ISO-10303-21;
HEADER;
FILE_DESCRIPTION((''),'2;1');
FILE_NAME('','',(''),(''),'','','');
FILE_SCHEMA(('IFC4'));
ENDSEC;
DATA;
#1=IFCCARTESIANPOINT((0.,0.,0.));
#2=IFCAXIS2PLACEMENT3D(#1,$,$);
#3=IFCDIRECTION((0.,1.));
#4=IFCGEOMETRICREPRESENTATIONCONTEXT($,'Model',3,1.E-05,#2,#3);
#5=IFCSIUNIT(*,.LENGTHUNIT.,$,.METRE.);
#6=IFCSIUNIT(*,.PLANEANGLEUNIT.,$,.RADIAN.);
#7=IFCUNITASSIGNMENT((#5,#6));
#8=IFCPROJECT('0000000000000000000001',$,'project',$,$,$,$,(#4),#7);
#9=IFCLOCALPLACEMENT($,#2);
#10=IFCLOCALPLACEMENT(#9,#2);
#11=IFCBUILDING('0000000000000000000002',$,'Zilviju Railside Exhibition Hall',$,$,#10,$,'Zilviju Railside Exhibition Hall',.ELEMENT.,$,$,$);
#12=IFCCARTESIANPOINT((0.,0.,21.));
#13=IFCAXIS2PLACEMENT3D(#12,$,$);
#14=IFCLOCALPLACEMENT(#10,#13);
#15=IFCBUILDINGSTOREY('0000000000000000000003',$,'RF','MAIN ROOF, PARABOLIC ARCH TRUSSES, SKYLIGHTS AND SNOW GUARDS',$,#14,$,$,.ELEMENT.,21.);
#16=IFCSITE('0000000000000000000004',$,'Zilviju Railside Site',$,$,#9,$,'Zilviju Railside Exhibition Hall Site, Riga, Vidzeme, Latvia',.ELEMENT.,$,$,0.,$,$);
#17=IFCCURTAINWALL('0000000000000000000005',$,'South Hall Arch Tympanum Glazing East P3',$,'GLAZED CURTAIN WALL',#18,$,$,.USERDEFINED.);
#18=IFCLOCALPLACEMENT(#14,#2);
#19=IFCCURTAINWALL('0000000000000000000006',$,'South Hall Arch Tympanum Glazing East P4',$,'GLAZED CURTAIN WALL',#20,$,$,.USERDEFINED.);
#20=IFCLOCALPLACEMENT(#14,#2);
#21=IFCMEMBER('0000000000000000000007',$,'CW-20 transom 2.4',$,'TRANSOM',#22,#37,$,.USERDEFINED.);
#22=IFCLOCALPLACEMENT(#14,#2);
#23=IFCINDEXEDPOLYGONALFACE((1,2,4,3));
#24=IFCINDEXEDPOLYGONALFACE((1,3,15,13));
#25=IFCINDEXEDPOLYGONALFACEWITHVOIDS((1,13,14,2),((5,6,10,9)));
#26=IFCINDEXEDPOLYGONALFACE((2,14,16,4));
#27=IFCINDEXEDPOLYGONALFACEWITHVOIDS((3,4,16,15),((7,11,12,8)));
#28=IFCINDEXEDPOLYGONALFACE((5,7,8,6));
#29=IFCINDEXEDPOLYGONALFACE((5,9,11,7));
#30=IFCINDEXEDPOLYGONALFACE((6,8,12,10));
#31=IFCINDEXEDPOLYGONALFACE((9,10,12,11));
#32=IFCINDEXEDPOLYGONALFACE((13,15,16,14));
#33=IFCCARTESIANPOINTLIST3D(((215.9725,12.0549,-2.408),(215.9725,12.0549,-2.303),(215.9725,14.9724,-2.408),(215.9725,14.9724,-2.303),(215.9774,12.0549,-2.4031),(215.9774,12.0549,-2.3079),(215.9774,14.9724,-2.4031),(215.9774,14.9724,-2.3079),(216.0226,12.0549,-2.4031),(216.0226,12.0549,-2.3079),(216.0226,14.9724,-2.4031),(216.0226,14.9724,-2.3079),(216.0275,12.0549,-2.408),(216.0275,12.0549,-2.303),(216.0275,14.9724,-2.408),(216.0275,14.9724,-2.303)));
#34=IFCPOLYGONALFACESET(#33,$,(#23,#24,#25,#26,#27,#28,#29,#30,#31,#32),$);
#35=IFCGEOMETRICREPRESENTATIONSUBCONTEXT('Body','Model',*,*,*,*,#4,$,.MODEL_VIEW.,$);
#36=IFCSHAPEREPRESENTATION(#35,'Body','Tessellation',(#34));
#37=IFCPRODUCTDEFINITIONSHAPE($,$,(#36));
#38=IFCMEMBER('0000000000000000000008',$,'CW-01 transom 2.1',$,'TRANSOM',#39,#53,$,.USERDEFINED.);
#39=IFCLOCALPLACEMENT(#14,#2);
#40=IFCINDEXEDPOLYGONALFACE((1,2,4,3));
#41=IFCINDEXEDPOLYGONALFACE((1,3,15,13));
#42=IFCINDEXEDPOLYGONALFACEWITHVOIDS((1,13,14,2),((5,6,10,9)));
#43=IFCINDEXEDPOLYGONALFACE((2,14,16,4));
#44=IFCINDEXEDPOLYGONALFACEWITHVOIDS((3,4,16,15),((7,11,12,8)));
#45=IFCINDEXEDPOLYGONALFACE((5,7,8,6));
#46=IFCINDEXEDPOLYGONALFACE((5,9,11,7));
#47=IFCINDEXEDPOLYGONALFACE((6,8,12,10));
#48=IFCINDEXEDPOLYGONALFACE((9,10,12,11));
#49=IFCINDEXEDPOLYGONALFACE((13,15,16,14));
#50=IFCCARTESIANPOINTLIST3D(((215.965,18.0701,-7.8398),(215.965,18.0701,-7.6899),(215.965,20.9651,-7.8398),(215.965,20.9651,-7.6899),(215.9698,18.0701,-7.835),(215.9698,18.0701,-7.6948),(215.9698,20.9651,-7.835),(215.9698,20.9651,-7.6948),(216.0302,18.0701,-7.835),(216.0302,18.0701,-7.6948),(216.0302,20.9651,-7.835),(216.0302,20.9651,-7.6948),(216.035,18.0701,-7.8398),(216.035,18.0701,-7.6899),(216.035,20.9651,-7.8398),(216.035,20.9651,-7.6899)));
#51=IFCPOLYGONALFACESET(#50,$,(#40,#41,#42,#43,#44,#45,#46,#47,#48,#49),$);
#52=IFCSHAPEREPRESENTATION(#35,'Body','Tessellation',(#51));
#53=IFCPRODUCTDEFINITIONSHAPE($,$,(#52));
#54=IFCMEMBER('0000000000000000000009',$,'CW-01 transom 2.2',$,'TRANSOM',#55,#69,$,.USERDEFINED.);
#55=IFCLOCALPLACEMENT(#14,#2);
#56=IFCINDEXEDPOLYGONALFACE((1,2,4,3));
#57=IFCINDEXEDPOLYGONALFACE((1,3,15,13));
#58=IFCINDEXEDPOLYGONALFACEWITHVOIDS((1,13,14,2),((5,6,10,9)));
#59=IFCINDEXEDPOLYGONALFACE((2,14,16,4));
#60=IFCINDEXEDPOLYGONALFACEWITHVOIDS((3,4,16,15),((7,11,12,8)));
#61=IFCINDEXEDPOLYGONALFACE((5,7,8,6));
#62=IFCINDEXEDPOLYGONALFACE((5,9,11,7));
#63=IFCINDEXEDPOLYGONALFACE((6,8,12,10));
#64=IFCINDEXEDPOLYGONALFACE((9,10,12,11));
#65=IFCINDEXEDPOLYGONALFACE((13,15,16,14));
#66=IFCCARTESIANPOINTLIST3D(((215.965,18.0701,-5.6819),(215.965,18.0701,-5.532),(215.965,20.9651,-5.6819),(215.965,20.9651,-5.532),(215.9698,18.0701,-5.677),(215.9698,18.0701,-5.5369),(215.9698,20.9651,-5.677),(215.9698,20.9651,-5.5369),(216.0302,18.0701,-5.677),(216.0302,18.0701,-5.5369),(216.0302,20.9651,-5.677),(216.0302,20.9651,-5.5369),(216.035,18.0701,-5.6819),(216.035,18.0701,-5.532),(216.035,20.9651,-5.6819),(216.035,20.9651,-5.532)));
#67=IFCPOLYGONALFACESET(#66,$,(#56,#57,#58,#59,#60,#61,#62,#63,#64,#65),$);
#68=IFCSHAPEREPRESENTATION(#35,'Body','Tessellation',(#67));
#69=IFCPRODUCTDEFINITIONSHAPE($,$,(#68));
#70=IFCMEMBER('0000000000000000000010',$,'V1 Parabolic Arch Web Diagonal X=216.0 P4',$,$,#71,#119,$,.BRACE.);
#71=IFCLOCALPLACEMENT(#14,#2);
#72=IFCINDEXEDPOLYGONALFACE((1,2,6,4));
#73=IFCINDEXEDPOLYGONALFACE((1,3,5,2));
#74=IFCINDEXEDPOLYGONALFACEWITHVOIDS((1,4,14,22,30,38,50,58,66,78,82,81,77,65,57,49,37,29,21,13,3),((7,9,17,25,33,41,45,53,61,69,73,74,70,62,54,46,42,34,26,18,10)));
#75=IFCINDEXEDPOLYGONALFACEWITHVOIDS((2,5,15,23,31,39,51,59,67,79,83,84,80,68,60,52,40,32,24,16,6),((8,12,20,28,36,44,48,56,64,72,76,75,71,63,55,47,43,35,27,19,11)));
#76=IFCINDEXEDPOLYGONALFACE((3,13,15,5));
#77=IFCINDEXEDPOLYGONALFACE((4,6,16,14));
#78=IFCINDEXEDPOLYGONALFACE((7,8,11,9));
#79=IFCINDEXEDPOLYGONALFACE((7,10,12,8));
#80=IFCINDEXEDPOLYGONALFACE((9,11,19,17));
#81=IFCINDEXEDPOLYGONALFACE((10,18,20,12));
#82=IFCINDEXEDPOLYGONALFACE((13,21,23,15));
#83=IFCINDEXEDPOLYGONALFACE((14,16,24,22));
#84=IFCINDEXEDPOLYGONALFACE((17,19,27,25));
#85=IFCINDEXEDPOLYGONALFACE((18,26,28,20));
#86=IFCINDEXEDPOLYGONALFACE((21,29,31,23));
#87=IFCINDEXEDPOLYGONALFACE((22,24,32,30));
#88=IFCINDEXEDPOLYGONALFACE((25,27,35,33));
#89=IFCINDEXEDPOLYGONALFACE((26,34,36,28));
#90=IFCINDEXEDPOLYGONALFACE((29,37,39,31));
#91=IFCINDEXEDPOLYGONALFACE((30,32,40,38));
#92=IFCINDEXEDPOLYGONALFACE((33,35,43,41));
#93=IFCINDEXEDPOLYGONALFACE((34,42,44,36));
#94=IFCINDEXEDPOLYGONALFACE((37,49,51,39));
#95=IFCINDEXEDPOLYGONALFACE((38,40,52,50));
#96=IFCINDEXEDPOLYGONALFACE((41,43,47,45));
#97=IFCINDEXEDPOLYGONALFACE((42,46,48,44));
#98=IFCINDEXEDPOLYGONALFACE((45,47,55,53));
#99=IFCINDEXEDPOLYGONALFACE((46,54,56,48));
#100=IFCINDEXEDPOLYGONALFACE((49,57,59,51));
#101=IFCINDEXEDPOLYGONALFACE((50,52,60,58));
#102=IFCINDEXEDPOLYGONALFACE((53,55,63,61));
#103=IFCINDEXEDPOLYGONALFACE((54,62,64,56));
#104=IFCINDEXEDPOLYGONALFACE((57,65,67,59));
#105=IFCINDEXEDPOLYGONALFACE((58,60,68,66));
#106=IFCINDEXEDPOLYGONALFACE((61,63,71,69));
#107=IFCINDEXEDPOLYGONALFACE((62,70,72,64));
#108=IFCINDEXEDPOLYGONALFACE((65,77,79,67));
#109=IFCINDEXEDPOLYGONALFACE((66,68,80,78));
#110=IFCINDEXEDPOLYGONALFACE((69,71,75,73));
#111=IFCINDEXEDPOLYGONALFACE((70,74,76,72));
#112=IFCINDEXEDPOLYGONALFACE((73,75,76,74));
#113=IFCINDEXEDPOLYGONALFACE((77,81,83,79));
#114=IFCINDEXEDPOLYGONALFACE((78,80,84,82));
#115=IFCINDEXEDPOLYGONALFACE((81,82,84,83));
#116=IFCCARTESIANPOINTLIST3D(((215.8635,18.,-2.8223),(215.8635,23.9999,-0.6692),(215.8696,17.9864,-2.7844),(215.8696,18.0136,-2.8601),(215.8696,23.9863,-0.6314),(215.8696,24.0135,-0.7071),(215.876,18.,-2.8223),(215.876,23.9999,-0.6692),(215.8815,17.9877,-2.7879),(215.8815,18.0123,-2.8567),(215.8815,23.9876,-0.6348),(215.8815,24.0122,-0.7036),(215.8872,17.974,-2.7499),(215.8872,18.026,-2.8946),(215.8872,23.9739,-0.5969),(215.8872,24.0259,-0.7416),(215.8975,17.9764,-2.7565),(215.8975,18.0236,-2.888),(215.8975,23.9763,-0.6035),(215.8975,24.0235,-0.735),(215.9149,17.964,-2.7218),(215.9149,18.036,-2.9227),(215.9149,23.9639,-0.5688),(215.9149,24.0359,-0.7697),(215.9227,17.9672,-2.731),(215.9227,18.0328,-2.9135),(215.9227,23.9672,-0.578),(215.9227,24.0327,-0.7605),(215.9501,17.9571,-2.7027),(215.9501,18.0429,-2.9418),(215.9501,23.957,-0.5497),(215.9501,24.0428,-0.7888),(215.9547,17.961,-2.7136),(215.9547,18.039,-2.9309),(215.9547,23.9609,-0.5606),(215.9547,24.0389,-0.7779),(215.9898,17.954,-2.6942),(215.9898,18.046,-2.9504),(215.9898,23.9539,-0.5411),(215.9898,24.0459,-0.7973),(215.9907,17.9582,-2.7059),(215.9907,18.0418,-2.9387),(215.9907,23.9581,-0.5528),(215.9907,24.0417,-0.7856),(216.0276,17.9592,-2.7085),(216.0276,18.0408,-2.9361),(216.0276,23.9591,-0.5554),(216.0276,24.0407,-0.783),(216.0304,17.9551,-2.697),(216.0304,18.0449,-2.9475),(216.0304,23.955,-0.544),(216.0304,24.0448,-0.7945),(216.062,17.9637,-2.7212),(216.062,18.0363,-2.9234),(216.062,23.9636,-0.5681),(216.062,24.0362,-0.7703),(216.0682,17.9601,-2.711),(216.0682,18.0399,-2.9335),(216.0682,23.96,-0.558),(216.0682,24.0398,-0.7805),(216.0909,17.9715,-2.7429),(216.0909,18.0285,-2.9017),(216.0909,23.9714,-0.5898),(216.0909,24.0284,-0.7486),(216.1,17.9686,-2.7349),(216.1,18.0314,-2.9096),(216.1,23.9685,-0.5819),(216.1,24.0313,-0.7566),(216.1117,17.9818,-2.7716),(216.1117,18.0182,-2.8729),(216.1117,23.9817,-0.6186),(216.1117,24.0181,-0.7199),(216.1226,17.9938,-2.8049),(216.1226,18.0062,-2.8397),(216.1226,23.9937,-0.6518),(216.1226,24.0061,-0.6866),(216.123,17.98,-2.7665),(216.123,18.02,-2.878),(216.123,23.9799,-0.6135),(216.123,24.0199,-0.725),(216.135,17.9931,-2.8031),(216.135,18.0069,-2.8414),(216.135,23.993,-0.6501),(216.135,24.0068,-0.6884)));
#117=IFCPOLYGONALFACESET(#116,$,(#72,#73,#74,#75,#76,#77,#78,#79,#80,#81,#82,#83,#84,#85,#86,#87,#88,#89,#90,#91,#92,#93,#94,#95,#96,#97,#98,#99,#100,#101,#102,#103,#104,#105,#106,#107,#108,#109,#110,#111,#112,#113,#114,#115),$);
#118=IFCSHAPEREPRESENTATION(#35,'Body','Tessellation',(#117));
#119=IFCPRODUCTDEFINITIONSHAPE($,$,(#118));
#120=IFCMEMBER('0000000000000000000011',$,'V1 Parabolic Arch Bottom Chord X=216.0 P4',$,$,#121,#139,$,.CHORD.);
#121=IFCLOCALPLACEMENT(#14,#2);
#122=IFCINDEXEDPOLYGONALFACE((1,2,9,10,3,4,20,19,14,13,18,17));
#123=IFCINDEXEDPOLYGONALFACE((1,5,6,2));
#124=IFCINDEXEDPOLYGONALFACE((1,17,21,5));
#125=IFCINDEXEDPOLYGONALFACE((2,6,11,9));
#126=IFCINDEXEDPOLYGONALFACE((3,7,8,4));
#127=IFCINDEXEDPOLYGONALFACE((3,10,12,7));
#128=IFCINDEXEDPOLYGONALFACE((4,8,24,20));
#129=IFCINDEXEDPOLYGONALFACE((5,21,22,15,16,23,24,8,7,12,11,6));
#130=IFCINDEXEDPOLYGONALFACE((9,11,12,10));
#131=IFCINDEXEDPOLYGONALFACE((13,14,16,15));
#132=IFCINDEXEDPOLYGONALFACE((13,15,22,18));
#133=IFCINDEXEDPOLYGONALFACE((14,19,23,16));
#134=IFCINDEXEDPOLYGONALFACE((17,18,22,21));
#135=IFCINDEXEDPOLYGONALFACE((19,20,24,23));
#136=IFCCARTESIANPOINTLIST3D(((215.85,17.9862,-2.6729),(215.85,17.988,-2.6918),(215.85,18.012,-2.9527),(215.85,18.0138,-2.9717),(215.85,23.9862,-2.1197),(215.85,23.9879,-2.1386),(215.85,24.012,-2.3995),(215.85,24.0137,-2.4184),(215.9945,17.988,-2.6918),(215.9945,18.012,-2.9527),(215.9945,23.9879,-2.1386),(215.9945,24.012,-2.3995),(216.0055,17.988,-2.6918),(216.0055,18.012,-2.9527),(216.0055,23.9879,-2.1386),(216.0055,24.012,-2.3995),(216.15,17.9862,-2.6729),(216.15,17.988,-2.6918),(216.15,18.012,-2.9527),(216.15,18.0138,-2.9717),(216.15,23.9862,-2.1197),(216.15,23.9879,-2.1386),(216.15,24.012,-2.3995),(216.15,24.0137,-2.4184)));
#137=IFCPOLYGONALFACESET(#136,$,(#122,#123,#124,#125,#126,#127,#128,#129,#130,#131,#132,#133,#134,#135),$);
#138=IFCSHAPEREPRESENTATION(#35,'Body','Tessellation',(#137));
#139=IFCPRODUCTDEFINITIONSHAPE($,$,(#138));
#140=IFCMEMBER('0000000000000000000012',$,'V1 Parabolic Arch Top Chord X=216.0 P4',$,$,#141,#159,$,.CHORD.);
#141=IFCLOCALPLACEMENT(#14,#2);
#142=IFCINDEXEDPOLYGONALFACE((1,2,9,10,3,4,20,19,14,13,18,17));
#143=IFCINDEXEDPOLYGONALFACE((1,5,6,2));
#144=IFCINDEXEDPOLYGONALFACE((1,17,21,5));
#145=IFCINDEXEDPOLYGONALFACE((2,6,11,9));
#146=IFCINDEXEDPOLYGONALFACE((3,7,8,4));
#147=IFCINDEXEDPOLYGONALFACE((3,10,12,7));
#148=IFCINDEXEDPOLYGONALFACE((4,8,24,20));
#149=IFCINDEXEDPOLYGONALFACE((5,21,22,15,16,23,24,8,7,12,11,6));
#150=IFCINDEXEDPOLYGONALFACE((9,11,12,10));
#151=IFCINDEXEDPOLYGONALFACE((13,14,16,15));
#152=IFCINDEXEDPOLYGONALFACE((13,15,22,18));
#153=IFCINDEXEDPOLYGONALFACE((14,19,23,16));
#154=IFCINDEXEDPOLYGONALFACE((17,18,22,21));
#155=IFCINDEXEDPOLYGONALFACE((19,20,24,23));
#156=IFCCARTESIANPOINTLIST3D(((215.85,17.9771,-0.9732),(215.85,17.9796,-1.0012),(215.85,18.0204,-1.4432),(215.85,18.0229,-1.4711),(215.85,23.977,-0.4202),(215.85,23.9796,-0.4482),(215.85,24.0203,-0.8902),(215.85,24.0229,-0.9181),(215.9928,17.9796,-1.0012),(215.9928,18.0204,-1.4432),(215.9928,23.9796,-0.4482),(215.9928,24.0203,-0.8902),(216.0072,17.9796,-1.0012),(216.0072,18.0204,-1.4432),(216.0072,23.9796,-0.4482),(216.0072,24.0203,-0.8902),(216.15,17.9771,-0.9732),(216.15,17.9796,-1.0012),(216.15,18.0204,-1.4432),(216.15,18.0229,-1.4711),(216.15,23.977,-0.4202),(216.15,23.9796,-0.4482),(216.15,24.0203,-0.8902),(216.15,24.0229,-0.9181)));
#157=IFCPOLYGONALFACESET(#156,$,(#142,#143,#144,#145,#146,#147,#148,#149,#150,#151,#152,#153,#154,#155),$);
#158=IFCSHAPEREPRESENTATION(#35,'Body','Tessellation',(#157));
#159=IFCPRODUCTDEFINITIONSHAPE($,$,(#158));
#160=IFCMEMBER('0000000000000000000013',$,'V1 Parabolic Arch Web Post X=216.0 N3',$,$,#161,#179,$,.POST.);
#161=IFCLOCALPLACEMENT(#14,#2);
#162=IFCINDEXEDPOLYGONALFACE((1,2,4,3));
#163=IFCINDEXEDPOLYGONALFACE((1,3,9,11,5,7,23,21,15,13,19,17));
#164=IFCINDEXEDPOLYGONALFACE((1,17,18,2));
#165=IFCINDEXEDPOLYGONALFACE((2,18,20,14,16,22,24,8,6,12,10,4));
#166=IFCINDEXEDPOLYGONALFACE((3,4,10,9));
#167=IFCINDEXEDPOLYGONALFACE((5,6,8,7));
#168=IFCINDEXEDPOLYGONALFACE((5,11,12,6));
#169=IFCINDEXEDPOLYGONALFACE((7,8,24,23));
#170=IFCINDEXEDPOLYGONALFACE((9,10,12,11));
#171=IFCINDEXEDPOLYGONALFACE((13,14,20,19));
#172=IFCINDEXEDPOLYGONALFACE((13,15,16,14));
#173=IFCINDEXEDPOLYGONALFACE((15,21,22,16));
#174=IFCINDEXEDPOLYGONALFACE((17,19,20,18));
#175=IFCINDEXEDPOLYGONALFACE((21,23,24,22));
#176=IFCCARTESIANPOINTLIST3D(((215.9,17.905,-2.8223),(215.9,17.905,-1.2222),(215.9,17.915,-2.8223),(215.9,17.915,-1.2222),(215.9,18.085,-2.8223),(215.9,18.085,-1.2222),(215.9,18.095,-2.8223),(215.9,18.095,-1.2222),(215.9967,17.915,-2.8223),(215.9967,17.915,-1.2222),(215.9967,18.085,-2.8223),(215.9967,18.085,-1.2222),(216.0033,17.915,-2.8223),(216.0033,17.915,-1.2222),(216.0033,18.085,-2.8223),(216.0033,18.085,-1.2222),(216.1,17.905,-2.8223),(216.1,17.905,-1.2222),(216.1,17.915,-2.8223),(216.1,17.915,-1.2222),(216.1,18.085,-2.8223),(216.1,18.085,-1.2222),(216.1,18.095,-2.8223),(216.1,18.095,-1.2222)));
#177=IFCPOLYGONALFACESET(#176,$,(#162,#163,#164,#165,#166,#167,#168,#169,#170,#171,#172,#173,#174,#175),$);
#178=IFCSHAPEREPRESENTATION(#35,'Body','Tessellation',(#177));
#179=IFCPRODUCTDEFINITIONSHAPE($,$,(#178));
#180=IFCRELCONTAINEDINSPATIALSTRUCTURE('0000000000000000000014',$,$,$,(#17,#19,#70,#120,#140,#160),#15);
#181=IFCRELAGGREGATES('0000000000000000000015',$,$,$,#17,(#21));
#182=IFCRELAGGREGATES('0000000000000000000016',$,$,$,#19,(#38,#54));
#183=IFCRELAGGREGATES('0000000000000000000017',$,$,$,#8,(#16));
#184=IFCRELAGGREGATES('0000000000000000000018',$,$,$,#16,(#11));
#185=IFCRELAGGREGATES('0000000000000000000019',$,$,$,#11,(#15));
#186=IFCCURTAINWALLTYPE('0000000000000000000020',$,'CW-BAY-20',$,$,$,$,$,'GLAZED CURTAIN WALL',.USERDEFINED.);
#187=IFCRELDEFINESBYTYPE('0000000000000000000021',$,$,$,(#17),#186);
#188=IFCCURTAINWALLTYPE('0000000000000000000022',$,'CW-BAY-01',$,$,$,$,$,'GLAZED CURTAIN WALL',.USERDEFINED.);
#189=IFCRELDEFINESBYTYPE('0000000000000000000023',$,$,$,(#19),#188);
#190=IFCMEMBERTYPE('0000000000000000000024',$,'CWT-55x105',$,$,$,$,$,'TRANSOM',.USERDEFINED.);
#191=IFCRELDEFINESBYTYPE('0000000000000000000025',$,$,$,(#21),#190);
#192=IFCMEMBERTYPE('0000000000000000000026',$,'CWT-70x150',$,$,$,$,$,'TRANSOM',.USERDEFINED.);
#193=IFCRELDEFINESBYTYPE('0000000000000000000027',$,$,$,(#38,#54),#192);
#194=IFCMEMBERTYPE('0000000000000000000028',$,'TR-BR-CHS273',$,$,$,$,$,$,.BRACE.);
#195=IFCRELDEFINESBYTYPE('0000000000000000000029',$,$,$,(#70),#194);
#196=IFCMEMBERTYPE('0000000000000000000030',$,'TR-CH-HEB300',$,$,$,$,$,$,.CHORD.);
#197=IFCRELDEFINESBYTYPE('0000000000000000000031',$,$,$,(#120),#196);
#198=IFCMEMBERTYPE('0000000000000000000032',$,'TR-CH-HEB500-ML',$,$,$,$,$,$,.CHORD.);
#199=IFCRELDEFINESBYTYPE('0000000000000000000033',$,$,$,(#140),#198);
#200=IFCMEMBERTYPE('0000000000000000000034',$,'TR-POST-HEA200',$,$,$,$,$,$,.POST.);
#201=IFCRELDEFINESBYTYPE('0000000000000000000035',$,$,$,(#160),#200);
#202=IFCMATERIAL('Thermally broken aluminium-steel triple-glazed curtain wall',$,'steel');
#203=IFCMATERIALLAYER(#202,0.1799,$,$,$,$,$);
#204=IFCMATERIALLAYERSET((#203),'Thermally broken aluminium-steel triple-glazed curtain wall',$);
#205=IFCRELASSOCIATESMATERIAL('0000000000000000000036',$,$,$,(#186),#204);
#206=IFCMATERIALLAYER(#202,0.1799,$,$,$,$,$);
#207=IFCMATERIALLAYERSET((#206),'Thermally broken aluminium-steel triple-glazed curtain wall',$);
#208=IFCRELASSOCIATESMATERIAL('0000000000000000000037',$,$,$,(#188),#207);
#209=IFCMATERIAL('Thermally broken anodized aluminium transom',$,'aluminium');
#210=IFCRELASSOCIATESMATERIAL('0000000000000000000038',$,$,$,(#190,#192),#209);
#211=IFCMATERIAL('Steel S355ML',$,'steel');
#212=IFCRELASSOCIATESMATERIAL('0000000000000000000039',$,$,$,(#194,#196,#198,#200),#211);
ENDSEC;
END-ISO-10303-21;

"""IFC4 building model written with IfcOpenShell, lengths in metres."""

from ifc_helpers import new_model, si_unit, direction, frame, origin, origin_2d, place, context, subcontext, project, spatial, hollow_rectangle, hollow_circle, i_section, extrude, material, layer, layer_set, material_profile, profile_set, type_object, element, aggregate, save


model = new_model("IFC4")

# Units and contexts
model_context = context("Model", 3, precision=1e-05, world=origin(), true_north=direction((0.0, 1.0)))
body_context = subcontext(model_context, "Body", "Model", "MODEL_VIEW")
ifc_project = project(units=[si_unit("LENGTHUNIT", "METRE"), si_unit("PLANEANGLEUNIT", "RADIAN")], contexts=[model_context])

# Site, building, storey
site_placement = place(None, origin())
site = spatial("IfcSite", under=ifc_project, at=site_placement, Name="Zilviju Railside Site", LongName="Zilviju Railside Exhibition Hall Site, Riga, Vidzeme, Latvia", CompositionType="ELEMENT", RefElevation=0.0)
building_placement = place(site_placement, origin())
building = spatial("IfcBuilding", under=site, at=building_placement, Name="Zilviju Railside Exhibition Hall", LongName="Zilviju Railside Exhibition Hall", CompositionType="ELEMENT")
storey_placement = place(building_placement, frame((0.0, 0.0, 21.0)))
storey = spatial("IfcBuildingStorey", under=building, at=storey_placement, Name="RF", Description="MAIN ROOF, PARABOLIC ARCH TRUSSES, SKYLIGHTS AND SNOW GUARDS", CompositionType="ELEMENT", Elevation=21.0)

# Curtain wall
ifc_material_1 = material(Name="Thermally broken aluminium-steel triple-glazed curtain wall", Category="steel")
ifc_layer_1 = layer(ifc_material_1, 0.1799)
ifc_layer_set_1 = layer_set([ifc_layer_1], Name="Thermally broken aluminium-steel triple-glazed curtain wall")
curtain_wall_type_1 = type_object("IfcCurtainWallType", Name="CW-BAY-20", ElementType="GLAZED CURTAIN WALL", PredefinedType="USERDEFINED", material=ifc_layer_set_1)
curtain_wall_1_placement = place(storey_placement, origin())
curtain_wall_1 = element("IfcCurtainWall", 1, at=curtain_wall_1_placement, inside=storey, type_object=curtain_wall_type_1, Name="South Hall Arch Tympanum Glazing East P3", ObjectType="GLAZED CURTAIN WALL", PredefinedType="USERDEFINED")

# Curtain wall
ifc_layer_2 = layer(ifc_material_1, 0.1799)
ifc_layer_set_2 = layer_set([ifc_layer_2], Name="Thermally broken aluminium-steel triple-glazed curtain wall")
curtain_wall_type_2 = type_object("IfcCurtainWallType", Name="CW-BAY-01", ElementType="GLAZED CURTAIN WALL", PredefinedType="USERDEFINED", material=ifc_layer_set_2)
curtain_wall_2_placement = place(storey_placement, origin())
curtain_wall_2 = element("IfcCurtainWall", 2, at=curtain_wall_2_placement, inside=storey, type_object=curtain_wall_type_2, Name="South Hall Arch Tympanum Glazing East P4", ObjectType="GLAZED CURTAIN WALL", PredefinedType="USERDEFINED")

# Members
ifc_material_2 = material(Name="Thermally broken anodized aluminium transom", Category="aluminium")
ifc_material_profile_1 = material_profile(ifc_material_2, hollow_rectangle(XDim=0.0549, YDim=0.105, WallThickness=0.0049, at=origin_2d()), Name="TRANSOM 105x55x5")
ifc_profile_set_1 = profile_set([ifc_material_profile_1], Name="Thermally broken anodized aluminium transom")
member_type_1 = type_object("IfcMemberType", Name="CWT-55x105", ElementType="TRANSOM", PredefinedType="USERDEFINED", material=ifc_profile_set_1)
member_1_placement = place(storey_placement, frame((216.0, 14.9724, -2.3555), z_axis=(0.0, -1.0, 0.0), x_axis=(1.0, 0.0, 0.0)))
member_1 = element("IfcMember", 3, at=member_1_placement, type_object=member_type_1, Name="CW-20 transom 2.4", ObjectType="TRANSOM", PredefinedType="USERDEFINED", context=body_context, shape_type="SweptSolid", body=[
    extrude(hollow_rectangle(XDim=0.0549, YDim=0.105, WallThickness=0.0049, at=origin_2d()), origin(), (0.0, 0.0, 1.0), 2.9175),
])
ifc_material_profile_2 = material_profile(ifc_material_2, hollow_rectangle(XDim=0.0701, YDim=0.1499, WallThickness=0.0049, at=origin_2d()), Name="TRANSOM 150x70x5")
ifc_profile_set_2 = profile_set([ifc_material_profile_2], Name="Thermally broken anodized aluminium transom")
member_type_2 = type_object("IfcMemberType", Name="CWT-70x150", ElementType="TRANSOM", PredefinedType="USERDEFINED", material=ifc_profile_set_2)
member_2_placement = place(storey_placement, frame((216.0, 20.9651, -7.7649), z_axis=(0.0, -1.0, 0.0), x_axis=(1.0, 0.0, 0.0)))
member_2 = element("IfcMember", 4, at=member_2_placement, type_object=member_type_2, Name="CW-01 transom 2.1", ObjectType="TRANSOM", PredefinedType="USERDEFINED", context=body_context, shape_type="SweptSolid", body=[
    extrude(hollow_rectangle(XDim=0.0701, YDim=0.1499, WallThickness=0.0049, at=origin_2d()), origin(), (0.0, 0.0, 1.0), 2.895),
])
member_3_placement = place(storey_placement, frame((216.0, 20.9651, -5.6069), z_axis=(0.0, -1.0, 0.0), x_axis=(1.0, 0.0, 0.0)))
member_3 = element("IfcMember", 5, at=member_3_placement, type_object=member_type_2, Name="CW-01 transom 2.2", ObjectType="TRANSOM", PredefinedType="USERDEFINED", context=body_context, shape_type="SweptSolid", body=[
    extrude(hollow_rectangle(XDim=0.0701, YDim=0.1499, WallThickness=0.0049, at=origin_2d()), origin(), (0.0, 0.0, 1.0), 2.895),
])

# Members
ifc_material_3 = material(Name="Steel S355ML", Category="steel")
ifc_material_profile_3 = material_profile(ifc_material_3, hollow_circle(Radius=0.1365, WallThickness=0.0125, at=origin_2d()), Name="CHS 273.0x12.5")
ifc_profile_set_3 = profile_set([ifc_material_profile_3], Name="Steel S355ML")
member_type_3 = type_object("IfcMemberType", Name="TR-BR-CHS273", PredefinedType="BRACE", material=ifc_profile_set_3)
member_4_placement = place(storey_placement, frame((216.0, 18.0, -2.8223), z_axis=(0.0, 0.941233, 0.337758), x_axis=(-1.0, 0.0, 0.0)))
element("IfcMember", 6, at=member_4_placement, inside=storey, type_object=member_type_3, Name="V1 Parabolic Arch Web Diagonal X=216.0 P4", PredefinedType="BRACE", context=body_context, shape_type="SweptSolid", body=[
    extrude(hollow_circle(Radius=0.1365, WallThickness=0.0125, at=origin_2d()), origin(), (0.0, 0.0, 1.0), 6.3745),
])
ifc_material_profile_4 = material_profile(ifc_material_3, i_section(OverallWidth=0.3, OverallDepth=0.3, WebThickness=0.011, FlangeThickness=0.019, at=origin_2d()), Name="HEB 300")
ifc_profile_set_4 = profile_set([ifc_material_profile_4], Name="Steel S355ML")
member_type_4 = type_object("IfcMemberType", Name="TR-CH-HEB300", PredefinedType="CHORD", material=ifc_profile_set_4)
member_5_placement = place(storey_placement, frame((216.0, 18.0, -2.8223), z_axis=(0.0, 0.995776, 0.091814), x_axis=(-1.0, 0.0, 0.0)))
element("IfcMember", 7, at=member_5_placement, inside=storey, type_object=member_type_4, Name="V1 Parabolic Arch Bottom Chord X=216.0 P4", PredefinedType="CHORD", context=body_context, shape_type="SweptSolid", body=[
    extrude(i_section(OverallWidth=0.3, OverallDepth=0.3, WebThickness=0.011, FlangeThickness=0.019, at=origin_2d()), origin(), (0.0, 0.0, 1.0), 6.0254),
])
ifc_material_profile_5 = material_profile(ifc_material_3, i_section(OverallWidth=0.3, OverallDepth=0.5, WebThickness=0.0144, FlangeThickness=0.0281, at=origin_2d()), Name="HEB 500")
ifc_profile_set_5 = profile_set([ifc_material_profile_5], Name="Steel S355ML")
member_type_5 = type_object("IfcMemberType", Name="TR-CH-HEB500-ML", PredefinedType="CHORD", material=ifc_profile_set_5)
member_6_placement = place(storey_placement, frame((216.0, 18.0, -1.2222), z_axis=(0.0, 0.99578, 0.091774), x_axis=(-1.0, 0.0, 0.0)))
element("IfcMember", 8, at=member_6_placement, inside=storey, type_object=member_type_5, Name="V1 Parabolic Arch Top Chord X=216.0 P4", PredefinedType="CHORD", context=body_context, shape_type="SweptSolid", body=[
    extrude(i_section(OverallWidth=0.3, OverallDepth=0.5, WebThickness=0.0144, FlangeThickness=0.0281, at=origin_2d()), origin(), (0.0, 0.0, 1.0), 6.0254),
])
ifc_material_profile_6 = material_profile(ifc_material_3, i_section(OverallWidth=0.2, OverallDepth=0.1899, WebThickness=0.0066, FlangeThickness=0.01, at=origin_2d()), Name="HEA 200")
ifc_profile_set_6 = profile_set([ifc_material_profile_6], Name="Steel S355ML")
member_type_6 = type_object("IfcMemberType", Name="TR-POST-HEA200", PredefinedType="POST", material=ifc_profile_set_6)
member_7_placement = place(storey_placement, frame((216.0, 18.0, -2.8223), z_axis=(0.0, 0.0, 1.0), x_axis=(1.0, 0.0, 0.0)))
element("IfcMember", 9, at=member_7_placement, inside=storey, type_object=member_type_6, Name="V1 Parabolic Arch Web Post X=216.0 N3", PredefinedType="POST", context=body_context, shape_type="SweptSolid", body=[
    extrude(i_section(OverallWidth=0.2, OverallDepth=0.1899, WebThickness=0.0066, FlangeThickness=0.01, at=origin_2d()), origin(), (0.0, 0.0, 1.0), 1.6001),
])

aggregate(curtain_wall_1, [member_1])
aggregate(curtain_wall_2, [member_2, member_3])

save(model, "model.ifc")
